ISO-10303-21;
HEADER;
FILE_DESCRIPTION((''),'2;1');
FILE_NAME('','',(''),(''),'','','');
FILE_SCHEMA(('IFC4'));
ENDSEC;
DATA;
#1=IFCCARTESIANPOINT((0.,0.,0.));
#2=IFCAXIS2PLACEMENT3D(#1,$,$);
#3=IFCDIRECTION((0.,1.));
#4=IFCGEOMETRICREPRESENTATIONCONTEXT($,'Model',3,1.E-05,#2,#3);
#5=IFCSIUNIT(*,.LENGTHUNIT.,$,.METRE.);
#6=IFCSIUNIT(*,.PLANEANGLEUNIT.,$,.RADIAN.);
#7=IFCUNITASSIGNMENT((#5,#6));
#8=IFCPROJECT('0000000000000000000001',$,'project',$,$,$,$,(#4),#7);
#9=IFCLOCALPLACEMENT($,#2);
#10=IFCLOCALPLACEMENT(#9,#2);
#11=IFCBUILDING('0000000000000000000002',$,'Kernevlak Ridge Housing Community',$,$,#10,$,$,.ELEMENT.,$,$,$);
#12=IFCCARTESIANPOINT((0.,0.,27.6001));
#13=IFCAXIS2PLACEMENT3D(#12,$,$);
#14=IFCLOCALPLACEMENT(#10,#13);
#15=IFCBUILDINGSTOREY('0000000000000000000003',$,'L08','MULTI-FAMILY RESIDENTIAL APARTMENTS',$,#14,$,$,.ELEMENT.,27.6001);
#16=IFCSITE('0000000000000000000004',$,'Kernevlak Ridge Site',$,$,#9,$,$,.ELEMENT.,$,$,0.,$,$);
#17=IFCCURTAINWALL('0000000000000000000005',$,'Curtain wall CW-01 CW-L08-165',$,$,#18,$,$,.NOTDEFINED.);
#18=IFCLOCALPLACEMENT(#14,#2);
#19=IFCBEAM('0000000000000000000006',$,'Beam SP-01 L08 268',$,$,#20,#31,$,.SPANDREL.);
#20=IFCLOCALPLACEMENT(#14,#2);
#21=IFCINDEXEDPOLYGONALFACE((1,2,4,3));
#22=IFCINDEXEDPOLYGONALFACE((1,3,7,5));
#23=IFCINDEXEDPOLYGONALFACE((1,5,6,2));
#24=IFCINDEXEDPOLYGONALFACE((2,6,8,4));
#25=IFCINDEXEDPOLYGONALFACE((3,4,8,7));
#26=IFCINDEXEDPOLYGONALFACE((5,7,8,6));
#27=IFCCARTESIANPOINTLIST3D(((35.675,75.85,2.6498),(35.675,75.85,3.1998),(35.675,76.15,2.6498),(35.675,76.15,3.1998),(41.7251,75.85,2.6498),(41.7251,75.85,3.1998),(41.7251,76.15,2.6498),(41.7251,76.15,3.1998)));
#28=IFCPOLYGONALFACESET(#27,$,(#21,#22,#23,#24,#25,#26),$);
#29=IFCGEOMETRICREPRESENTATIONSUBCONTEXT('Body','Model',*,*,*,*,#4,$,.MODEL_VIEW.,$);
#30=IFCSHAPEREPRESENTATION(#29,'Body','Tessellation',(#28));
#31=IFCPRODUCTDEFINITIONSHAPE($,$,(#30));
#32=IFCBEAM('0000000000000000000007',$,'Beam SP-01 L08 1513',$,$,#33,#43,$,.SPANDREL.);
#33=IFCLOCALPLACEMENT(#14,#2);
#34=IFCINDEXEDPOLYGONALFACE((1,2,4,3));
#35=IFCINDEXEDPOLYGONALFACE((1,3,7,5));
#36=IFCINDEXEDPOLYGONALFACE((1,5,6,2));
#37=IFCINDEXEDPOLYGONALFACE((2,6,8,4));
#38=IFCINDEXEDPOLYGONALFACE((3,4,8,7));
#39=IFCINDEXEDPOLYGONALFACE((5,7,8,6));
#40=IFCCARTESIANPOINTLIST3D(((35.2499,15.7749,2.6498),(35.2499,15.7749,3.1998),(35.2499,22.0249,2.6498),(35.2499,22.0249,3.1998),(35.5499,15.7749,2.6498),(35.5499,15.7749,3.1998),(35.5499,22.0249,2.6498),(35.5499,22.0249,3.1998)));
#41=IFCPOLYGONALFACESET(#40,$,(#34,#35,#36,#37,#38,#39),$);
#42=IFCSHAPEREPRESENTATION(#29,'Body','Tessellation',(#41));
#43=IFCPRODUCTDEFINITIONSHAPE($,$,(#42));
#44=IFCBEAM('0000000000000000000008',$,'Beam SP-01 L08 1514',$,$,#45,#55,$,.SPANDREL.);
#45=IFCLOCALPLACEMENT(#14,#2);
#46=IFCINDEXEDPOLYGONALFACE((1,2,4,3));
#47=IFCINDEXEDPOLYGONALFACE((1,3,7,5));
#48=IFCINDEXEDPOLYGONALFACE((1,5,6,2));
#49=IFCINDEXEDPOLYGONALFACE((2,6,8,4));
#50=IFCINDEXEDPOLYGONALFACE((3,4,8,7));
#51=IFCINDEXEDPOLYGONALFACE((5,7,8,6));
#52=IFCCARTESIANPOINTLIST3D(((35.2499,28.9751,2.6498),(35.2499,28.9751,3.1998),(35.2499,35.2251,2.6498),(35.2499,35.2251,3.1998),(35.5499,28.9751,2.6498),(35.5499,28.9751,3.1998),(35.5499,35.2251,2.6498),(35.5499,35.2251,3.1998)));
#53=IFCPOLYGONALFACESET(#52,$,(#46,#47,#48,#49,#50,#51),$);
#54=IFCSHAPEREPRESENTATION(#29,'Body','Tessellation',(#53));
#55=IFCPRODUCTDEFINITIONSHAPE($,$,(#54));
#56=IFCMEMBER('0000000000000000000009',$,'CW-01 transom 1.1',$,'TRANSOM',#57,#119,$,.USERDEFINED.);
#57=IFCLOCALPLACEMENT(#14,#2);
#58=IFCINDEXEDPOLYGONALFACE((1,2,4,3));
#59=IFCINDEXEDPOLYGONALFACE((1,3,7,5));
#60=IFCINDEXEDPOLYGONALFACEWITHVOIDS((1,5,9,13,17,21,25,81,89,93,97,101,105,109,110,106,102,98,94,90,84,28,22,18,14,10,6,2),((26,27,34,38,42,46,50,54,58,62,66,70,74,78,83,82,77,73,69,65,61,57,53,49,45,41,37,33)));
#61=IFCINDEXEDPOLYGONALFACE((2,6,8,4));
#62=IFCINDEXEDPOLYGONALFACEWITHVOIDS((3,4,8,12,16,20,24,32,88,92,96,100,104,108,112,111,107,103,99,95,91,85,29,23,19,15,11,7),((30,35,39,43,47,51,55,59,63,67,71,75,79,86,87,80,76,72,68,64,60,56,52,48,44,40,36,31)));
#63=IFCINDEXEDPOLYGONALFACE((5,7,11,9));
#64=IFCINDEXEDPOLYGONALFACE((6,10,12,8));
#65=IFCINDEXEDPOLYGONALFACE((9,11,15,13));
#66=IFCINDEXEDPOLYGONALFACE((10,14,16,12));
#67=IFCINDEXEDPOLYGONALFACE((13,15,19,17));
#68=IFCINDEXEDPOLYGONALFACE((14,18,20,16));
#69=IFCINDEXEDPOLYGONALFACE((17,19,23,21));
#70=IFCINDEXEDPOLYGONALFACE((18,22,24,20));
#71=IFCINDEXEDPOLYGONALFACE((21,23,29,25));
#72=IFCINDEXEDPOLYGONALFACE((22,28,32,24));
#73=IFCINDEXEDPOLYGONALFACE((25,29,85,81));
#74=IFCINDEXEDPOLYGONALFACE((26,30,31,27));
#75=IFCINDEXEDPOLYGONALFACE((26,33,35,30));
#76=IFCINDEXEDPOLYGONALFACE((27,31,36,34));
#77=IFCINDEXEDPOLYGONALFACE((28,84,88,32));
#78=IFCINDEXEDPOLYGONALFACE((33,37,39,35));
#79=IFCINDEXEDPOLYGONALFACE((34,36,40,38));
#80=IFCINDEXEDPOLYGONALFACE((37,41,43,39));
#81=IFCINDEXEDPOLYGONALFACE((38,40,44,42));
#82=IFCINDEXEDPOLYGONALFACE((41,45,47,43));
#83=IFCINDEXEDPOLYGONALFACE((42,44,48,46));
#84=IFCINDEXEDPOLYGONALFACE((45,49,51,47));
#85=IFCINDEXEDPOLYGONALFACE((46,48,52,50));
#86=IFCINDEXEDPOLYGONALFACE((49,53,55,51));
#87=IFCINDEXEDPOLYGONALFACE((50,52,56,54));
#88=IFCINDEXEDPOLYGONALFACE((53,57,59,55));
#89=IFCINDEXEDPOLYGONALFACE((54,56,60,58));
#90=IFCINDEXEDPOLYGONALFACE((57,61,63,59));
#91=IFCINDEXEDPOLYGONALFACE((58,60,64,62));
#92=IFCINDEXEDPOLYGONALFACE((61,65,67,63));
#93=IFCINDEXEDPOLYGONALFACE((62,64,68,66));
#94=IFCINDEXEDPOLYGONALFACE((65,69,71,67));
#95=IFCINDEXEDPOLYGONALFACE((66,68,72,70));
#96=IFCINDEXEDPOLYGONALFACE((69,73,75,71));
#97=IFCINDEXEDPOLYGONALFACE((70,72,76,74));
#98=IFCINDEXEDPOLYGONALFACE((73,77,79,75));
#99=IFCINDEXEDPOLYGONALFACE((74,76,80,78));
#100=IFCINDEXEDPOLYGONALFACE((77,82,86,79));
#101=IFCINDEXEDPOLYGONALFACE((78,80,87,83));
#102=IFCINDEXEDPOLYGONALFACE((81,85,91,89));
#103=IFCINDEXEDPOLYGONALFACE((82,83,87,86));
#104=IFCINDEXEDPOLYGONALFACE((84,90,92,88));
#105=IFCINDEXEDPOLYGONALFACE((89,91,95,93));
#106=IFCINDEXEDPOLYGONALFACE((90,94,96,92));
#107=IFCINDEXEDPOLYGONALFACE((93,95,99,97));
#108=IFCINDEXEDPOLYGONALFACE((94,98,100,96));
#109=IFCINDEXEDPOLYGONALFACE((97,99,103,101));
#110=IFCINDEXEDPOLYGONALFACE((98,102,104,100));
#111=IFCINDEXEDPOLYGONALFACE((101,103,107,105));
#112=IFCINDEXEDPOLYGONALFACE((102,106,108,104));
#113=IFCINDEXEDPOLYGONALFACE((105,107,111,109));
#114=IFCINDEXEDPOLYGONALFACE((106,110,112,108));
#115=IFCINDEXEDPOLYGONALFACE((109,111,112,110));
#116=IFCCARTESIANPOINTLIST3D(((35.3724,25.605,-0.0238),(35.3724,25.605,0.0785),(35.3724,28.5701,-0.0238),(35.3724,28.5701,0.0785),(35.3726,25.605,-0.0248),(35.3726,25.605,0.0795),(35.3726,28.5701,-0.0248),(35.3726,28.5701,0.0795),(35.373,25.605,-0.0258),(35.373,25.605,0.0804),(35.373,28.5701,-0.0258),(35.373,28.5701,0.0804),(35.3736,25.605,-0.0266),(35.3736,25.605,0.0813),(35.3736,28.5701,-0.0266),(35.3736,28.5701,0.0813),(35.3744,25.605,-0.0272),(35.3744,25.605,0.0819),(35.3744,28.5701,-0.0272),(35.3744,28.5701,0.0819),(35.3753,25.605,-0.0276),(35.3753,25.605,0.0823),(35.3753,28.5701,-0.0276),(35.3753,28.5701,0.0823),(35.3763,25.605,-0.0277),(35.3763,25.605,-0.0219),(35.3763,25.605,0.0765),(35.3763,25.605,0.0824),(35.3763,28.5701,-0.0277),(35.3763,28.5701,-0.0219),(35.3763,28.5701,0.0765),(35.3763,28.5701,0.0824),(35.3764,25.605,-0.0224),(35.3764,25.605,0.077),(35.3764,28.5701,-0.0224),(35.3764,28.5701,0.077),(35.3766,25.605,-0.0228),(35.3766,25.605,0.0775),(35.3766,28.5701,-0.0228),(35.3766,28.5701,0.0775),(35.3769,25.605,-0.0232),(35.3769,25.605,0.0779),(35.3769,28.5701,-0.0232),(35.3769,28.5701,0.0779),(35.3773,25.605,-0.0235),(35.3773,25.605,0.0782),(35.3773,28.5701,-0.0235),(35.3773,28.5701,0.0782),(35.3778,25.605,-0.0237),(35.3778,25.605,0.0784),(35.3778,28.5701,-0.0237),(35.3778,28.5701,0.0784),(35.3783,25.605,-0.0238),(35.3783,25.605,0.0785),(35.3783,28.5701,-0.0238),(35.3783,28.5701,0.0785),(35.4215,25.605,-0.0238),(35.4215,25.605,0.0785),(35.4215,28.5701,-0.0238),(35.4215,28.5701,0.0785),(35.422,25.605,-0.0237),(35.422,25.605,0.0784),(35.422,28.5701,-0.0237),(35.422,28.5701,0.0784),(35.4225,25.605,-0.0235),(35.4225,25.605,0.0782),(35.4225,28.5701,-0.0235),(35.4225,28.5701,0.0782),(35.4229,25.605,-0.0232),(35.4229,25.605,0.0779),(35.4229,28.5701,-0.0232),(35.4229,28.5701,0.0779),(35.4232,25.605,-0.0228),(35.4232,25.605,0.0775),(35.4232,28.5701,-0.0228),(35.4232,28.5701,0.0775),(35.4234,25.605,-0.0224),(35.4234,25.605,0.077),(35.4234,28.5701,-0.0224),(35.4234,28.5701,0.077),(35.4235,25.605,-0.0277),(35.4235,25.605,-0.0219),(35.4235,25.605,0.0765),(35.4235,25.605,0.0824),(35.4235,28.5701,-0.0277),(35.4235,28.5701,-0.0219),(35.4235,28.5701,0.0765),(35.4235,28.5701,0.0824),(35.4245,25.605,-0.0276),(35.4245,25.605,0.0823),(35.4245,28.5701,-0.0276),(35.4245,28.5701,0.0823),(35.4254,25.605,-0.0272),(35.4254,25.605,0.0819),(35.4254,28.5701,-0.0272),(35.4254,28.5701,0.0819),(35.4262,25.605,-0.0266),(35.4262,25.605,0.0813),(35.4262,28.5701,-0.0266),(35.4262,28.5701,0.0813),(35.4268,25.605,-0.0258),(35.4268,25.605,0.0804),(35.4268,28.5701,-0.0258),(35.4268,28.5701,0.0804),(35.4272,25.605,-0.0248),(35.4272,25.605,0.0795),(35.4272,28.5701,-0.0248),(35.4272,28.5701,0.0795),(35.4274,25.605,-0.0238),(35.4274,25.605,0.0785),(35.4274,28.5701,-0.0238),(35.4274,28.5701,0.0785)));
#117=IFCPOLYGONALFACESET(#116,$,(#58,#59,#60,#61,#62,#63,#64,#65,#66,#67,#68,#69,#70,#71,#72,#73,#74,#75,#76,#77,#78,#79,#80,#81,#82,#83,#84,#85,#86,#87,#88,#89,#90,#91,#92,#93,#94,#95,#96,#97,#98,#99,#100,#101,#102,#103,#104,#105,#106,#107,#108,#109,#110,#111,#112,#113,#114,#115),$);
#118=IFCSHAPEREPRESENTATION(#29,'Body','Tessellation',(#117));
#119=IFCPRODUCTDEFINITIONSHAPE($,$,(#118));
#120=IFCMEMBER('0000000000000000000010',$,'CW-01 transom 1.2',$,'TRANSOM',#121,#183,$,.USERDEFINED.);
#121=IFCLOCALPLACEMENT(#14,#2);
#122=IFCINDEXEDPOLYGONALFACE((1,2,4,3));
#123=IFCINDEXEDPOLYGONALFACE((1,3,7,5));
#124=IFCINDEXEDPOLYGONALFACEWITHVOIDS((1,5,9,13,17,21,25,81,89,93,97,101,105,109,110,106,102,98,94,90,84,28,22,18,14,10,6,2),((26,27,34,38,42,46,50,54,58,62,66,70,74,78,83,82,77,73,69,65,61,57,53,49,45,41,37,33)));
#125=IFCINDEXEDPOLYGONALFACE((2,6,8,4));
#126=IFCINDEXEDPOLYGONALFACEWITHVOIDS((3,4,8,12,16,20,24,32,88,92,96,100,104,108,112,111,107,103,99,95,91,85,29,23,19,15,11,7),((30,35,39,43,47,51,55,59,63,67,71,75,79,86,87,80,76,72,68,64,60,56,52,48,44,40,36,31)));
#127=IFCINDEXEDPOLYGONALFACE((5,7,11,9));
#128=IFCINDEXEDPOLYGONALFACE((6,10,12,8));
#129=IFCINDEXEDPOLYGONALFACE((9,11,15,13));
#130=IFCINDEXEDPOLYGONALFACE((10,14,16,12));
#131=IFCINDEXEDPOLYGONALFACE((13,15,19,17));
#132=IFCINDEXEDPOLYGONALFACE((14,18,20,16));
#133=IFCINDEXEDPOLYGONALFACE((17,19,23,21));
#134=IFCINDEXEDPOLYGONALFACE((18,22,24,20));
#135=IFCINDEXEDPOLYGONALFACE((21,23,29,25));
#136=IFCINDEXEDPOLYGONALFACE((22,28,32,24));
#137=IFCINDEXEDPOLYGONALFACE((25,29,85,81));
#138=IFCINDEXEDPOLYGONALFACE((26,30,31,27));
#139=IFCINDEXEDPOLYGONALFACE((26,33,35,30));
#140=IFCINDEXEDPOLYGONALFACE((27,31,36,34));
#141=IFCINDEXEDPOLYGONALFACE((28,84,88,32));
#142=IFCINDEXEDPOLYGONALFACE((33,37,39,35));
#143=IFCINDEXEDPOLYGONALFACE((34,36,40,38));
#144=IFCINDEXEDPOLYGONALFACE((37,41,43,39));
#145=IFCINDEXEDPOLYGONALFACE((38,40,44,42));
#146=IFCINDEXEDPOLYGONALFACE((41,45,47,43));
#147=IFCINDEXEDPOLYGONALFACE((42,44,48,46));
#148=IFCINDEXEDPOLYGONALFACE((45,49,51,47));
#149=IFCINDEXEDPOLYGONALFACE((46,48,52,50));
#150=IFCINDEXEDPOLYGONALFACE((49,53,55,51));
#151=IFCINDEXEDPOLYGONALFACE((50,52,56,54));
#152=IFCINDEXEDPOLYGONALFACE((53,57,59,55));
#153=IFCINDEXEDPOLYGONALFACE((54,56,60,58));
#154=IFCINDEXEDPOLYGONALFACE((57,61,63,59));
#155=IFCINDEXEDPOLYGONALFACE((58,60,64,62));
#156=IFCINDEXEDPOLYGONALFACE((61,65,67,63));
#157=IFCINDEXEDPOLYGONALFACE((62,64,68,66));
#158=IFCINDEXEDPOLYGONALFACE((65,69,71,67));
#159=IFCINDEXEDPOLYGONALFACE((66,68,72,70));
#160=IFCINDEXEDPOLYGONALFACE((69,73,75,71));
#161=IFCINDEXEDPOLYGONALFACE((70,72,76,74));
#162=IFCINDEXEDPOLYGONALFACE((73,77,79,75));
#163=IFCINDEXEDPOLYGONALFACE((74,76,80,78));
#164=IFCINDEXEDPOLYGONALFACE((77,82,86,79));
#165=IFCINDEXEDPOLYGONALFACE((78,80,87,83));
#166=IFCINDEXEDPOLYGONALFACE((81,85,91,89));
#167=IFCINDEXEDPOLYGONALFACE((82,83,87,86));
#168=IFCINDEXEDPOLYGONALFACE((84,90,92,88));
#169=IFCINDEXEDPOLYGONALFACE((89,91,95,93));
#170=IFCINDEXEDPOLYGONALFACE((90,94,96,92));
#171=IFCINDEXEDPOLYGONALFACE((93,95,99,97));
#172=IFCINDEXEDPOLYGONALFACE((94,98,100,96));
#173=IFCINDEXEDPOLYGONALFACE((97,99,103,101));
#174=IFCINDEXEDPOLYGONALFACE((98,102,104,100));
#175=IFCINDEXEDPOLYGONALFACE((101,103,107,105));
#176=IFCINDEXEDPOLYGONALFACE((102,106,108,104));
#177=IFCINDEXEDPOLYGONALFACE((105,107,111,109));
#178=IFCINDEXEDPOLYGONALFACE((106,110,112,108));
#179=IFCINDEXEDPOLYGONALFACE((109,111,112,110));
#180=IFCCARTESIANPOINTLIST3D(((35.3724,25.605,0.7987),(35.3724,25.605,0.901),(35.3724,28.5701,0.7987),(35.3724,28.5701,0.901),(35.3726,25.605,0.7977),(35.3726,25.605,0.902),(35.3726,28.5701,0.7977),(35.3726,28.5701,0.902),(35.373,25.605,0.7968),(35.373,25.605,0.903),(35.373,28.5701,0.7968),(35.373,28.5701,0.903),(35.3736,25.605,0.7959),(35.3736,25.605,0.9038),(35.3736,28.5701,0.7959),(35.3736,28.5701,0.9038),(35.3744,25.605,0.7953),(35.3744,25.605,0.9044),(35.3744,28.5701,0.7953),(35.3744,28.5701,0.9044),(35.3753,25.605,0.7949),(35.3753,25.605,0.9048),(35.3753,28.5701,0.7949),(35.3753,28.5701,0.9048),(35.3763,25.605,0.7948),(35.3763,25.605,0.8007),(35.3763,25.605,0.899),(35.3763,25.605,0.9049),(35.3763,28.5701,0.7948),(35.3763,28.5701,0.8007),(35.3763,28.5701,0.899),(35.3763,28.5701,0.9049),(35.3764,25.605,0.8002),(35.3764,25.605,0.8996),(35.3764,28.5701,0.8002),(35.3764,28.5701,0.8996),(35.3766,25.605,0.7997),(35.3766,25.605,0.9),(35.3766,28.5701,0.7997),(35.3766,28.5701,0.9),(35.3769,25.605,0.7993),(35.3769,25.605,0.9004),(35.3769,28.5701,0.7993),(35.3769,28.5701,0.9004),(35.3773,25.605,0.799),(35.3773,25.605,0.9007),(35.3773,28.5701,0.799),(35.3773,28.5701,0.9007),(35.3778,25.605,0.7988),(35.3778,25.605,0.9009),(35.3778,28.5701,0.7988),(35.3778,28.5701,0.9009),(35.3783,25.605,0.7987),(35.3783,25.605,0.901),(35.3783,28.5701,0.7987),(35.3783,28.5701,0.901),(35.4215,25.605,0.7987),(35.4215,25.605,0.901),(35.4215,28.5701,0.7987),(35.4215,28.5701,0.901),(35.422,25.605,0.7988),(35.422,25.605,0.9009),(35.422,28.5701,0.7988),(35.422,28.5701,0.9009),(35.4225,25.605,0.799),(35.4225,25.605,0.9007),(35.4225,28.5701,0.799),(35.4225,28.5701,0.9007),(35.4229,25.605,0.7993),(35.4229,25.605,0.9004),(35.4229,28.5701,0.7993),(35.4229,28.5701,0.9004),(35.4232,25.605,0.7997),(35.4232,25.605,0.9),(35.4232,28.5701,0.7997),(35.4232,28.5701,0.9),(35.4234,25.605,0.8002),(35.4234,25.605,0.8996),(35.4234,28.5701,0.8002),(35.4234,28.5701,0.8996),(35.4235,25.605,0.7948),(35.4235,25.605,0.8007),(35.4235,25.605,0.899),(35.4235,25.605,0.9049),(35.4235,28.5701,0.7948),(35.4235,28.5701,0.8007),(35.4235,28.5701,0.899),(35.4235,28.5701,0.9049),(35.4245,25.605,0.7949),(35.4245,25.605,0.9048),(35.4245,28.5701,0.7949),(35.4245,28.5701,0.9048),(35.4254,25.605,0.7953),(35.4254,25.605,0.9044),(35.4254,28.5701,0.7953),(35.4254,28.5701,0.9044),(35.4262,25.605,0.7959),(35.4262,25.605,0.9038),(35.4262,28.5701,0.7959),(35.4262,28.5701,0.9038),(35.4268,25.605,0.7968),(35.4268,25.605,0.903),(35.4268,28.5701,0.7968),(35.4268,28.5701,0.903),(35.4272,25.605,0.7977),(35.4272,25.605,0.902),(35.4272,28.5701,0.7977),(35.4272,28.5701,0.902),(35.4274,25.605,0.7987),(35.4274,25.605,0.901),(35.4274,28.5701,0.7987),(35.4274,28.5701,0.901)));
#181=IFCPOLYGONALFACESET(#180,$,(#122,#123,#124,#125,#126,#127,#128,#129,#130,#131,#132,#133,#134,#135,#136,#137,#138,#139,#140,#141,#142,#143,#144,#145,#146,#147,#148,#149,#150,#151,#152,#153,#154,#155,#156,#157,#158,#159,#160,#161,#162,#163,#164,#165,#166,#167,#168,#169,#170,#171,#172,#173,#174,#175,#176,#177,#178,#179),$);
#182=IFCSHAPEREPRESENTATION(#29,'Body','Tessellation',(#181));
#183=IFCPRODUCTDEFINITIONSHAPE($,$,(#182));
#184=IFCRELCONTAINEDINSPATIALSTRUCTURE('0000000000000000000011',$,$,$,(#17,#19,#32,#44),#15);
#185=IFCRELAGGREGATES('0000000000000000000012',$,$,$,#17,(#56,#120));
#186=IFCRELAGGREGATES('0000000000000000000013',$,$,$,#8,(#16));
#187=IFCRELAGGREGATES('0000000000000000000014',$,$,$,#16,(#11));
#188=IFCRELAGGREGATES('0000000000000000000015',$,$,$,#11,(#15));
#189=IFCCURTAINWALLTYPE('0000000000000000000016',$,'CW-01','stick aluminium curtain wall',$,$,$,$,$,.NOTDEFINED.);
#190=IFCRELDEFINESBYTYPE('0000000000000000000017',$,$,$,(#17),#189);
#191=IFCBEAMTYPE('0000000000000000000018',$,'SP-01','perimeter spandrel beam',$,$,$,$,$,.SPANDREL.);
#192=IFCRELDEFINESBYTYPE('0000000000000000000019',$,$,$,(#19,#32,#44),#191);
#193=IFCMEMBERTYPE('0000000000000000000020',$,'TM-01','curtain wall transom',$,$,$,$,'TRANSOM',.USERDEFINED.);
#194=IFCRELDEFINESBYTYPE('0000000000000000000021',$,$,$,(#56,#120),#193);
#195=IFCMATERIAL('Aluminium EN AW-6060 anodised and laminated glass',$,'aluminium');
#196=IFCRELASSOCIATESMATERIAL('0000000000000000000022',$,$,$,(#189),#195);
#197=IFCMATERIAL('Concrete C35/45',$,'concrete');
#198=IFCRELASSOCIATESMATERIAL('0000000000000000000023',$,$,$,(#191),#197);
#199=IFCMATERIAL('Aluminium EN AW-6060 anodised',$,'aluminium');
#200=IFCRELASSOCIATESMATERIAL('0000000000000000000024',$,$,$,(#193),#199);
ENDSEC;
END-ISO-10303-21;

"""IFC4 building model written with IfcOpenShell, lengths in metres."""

from ifc_helpers import new_model, si_unit, direction, frame, origin, origin_2d, place, context, subcontext, project, spatial, rectangle, hollow_rectangle, extrude, material, material_profile, profile_set, type_object, element, aggregate, save


model = new_model("IFC4")

# Units and contexts
model_context = context("Model", 3, precision=1e-05, world=origin(), true_north=direction((0.0, 1.0)))
body_context = subcontext(model_context, "Body", "Model", "MODEL_VIEW")
ifc_project = project(units=[si_unit("LENGTHUNIT", "METRE"), si_unit("PLANEANGLEUNIT", "RADIAN")], contexts=[model_context])

# Site, building, storey
site_placement = place(None, origin())
site = spatial("IfcSite", under=ifc_project, at=site_placement, Name="Kernevlak Ridge Site", CompositionType="ELEMENT", RefElevation=0.0)
building_placement = place(site_placement, origin())
building = spatial("IfcBuilding", under=site, at=building_placement, Name="Kernevlak Ridge Housing Community", CompositionType="ELEMENT")
storey_placement = place(building_placement, frame((0.0, 0.0, 27.6001)))
storey = spatial("IfcBuildingStorey", under=building, at=storey_placement, Name="L08", Description="MULTI-FAMILY RESIDENTIAL APARTMENTS", CompositionType="ELEMENT", Elevation=27.6001)

# Shared definitions
ifc_material_1 = material(Name="Concrete C35/45", Category="concrete")

# Curtain wall
ifc_material_2 = material(Name="Aluminium EN AW-6060 anodised and laminated glass", Category="aluminium")
curtain_wall_type = type_object("IfcCurtainWallType", Name="CW-01", Description="stick aluminium curtain wall", PredefinedType="NOTDEFINED", material=ifc_material_2)
curtain_wall_placement = place(storey_placement, origin())
curtain_wall = element("IfcCurtainWall", 1, at=curtain_wall_placement, inside=storey, type_object=curtain_wall_type, Name="Curtain wall CW-01 CW-L08-165", PredefinedType="NOTDEFINED")
ifc_material_3 = material(Name="Aluminium EN AW-6060 anodised", Category="aluminium")

# Beams
ifc_material_profile_1 = material_profile(ifc_material_1, rectangle(XDim=0.3, YDim=0.55, at=origin_2d()), Name="RC 300x550")
ifc_profile_set_1 = profile_set([ifc_material_profile_1], Name="Concrete C35/45")
beam_type_1 = type_object("IfcBeamType", Name="SP-01", Description="perimeter spandrel beam", PredefinedType="SPANDREL", material=ifc_profile_set_1)
beam_1_placement = place(storey_placement, frame((35.675, 76.0, 2.9248), z_axis=(1.0, 0.0, 0.0), x_axis=(0.0, 1.0, 0.0)))
element("IfcBeam", 2, at=beam_1_placement, inside=storey, type_object=beam_type_1, Name="Beam SP-01 L08 268", PredefinedType="SPANDREL", context=body_context, shape_type="SweptSolid", body=[
    extrude(rectangle(XDim=0.3, YDim=0.55, at=origin_2d()), origin(), (0.0, 0.0, 1.0), 6.05),
])
for number, where, z_axis, x_axis, name in (
    (3, (35.3999, 15.7749, 2.9248), (0.0, 1.0, 0.0), (-1.0, 0.0, 0.0), "Beam SP-01 L08 1513"),
    (4, (35.3999, 28.9751, 2.9248), (0.0, 1.0, 0.0), (-1.0, 0.0, 0.0), "Beam SP-01 L08 1514"),
):
    element("IfcBeam", number, at=place(storey_placement, frame(where, z_axis=z_axis, x_axis=x_axis)), inside=storey, type_object=beam_type_1, Name=name, PredefinedType="SPANDREL", context=body_context, shape_type="SweptSolid", body=[
        extrude(rectangle(XDim=0.3, YDim=0.55, at=origin_2d()), origin(), (0.0, 0.0, 1.0), 6.25),
    ])

# Members
ifc_material_profile_2 = material_profile(ifc_material_3, hollow_rectangle(XDim=0.0549, YDim=0.1101, WallThickness=0.0039, InnerFilletRadius=0.002, OuterFilletRadius=0.0039, at=origin_2d()), Name="ALU 55x110x4")
ifc_profile_set_2 = profile_set([ifc_material_profile_2], Name="Aluminium EN AW-6060 anodised")
member_type_1 = type_object("IfcMemberType", Name="TM-01", Description="curtain wall transom", ElementType="TRANSOM", PredefinedType="USERDEFINED", material=ifc_profile_set_2)
member_1_placement = place(storey_placement, frame((35.3999, 25.605, 0.0273), z_axis=(0.0, 1.0, 0.0), x_axis=(-1.0, 0.0, 0.0)))
member_1 = element("IfcMember", 5, at=member_1_placement, type_object=member_type_1, Name="CW-01 transom 1.1", ObjectType="TRANSOM", PredefinedType="USERDEFINED", context=body_context, shape_type="SweptSolid", body=[
    extrude(hollow_rectangle(XDim=0.0549, YDim=0.1101, WallThickness=0.0039, InnerFilletRadius=0.002, OuterFilletRadius=0.0039, at=origin_2d()), origin(), (0.0, 0.0, 1.0), 2.9651),
])
member_2_placement = place(storey_placement, frame((35.3999, 25.605, 0.8499), z_axis=(0.0, 1.0, 0.0), x_axis=(-1.0, 0.0, 0.0)))
member_2 = element("IfcMember", 6, at=member_2_placement, type_object=member_type_1, Name="CW-01 transom 1.2", ObjectType="TRANSOM", PredefinedType="USERDEFINED", context=body_context, shape_type="SweptSolid", body=[
    extrude(hollow_rectangle(XDim=0.0549, YDim=0.1101, WallThickness=0.0039, InnerFilletRadius=0.002, OuterFilletRadius=0.0039, at=origin_2d()), origin(), (0.0, 0.0, 1.0), 2.9651),
])

aggregate(curtain_wall, [member_1, member_2])

save(model, "model.ifc")
